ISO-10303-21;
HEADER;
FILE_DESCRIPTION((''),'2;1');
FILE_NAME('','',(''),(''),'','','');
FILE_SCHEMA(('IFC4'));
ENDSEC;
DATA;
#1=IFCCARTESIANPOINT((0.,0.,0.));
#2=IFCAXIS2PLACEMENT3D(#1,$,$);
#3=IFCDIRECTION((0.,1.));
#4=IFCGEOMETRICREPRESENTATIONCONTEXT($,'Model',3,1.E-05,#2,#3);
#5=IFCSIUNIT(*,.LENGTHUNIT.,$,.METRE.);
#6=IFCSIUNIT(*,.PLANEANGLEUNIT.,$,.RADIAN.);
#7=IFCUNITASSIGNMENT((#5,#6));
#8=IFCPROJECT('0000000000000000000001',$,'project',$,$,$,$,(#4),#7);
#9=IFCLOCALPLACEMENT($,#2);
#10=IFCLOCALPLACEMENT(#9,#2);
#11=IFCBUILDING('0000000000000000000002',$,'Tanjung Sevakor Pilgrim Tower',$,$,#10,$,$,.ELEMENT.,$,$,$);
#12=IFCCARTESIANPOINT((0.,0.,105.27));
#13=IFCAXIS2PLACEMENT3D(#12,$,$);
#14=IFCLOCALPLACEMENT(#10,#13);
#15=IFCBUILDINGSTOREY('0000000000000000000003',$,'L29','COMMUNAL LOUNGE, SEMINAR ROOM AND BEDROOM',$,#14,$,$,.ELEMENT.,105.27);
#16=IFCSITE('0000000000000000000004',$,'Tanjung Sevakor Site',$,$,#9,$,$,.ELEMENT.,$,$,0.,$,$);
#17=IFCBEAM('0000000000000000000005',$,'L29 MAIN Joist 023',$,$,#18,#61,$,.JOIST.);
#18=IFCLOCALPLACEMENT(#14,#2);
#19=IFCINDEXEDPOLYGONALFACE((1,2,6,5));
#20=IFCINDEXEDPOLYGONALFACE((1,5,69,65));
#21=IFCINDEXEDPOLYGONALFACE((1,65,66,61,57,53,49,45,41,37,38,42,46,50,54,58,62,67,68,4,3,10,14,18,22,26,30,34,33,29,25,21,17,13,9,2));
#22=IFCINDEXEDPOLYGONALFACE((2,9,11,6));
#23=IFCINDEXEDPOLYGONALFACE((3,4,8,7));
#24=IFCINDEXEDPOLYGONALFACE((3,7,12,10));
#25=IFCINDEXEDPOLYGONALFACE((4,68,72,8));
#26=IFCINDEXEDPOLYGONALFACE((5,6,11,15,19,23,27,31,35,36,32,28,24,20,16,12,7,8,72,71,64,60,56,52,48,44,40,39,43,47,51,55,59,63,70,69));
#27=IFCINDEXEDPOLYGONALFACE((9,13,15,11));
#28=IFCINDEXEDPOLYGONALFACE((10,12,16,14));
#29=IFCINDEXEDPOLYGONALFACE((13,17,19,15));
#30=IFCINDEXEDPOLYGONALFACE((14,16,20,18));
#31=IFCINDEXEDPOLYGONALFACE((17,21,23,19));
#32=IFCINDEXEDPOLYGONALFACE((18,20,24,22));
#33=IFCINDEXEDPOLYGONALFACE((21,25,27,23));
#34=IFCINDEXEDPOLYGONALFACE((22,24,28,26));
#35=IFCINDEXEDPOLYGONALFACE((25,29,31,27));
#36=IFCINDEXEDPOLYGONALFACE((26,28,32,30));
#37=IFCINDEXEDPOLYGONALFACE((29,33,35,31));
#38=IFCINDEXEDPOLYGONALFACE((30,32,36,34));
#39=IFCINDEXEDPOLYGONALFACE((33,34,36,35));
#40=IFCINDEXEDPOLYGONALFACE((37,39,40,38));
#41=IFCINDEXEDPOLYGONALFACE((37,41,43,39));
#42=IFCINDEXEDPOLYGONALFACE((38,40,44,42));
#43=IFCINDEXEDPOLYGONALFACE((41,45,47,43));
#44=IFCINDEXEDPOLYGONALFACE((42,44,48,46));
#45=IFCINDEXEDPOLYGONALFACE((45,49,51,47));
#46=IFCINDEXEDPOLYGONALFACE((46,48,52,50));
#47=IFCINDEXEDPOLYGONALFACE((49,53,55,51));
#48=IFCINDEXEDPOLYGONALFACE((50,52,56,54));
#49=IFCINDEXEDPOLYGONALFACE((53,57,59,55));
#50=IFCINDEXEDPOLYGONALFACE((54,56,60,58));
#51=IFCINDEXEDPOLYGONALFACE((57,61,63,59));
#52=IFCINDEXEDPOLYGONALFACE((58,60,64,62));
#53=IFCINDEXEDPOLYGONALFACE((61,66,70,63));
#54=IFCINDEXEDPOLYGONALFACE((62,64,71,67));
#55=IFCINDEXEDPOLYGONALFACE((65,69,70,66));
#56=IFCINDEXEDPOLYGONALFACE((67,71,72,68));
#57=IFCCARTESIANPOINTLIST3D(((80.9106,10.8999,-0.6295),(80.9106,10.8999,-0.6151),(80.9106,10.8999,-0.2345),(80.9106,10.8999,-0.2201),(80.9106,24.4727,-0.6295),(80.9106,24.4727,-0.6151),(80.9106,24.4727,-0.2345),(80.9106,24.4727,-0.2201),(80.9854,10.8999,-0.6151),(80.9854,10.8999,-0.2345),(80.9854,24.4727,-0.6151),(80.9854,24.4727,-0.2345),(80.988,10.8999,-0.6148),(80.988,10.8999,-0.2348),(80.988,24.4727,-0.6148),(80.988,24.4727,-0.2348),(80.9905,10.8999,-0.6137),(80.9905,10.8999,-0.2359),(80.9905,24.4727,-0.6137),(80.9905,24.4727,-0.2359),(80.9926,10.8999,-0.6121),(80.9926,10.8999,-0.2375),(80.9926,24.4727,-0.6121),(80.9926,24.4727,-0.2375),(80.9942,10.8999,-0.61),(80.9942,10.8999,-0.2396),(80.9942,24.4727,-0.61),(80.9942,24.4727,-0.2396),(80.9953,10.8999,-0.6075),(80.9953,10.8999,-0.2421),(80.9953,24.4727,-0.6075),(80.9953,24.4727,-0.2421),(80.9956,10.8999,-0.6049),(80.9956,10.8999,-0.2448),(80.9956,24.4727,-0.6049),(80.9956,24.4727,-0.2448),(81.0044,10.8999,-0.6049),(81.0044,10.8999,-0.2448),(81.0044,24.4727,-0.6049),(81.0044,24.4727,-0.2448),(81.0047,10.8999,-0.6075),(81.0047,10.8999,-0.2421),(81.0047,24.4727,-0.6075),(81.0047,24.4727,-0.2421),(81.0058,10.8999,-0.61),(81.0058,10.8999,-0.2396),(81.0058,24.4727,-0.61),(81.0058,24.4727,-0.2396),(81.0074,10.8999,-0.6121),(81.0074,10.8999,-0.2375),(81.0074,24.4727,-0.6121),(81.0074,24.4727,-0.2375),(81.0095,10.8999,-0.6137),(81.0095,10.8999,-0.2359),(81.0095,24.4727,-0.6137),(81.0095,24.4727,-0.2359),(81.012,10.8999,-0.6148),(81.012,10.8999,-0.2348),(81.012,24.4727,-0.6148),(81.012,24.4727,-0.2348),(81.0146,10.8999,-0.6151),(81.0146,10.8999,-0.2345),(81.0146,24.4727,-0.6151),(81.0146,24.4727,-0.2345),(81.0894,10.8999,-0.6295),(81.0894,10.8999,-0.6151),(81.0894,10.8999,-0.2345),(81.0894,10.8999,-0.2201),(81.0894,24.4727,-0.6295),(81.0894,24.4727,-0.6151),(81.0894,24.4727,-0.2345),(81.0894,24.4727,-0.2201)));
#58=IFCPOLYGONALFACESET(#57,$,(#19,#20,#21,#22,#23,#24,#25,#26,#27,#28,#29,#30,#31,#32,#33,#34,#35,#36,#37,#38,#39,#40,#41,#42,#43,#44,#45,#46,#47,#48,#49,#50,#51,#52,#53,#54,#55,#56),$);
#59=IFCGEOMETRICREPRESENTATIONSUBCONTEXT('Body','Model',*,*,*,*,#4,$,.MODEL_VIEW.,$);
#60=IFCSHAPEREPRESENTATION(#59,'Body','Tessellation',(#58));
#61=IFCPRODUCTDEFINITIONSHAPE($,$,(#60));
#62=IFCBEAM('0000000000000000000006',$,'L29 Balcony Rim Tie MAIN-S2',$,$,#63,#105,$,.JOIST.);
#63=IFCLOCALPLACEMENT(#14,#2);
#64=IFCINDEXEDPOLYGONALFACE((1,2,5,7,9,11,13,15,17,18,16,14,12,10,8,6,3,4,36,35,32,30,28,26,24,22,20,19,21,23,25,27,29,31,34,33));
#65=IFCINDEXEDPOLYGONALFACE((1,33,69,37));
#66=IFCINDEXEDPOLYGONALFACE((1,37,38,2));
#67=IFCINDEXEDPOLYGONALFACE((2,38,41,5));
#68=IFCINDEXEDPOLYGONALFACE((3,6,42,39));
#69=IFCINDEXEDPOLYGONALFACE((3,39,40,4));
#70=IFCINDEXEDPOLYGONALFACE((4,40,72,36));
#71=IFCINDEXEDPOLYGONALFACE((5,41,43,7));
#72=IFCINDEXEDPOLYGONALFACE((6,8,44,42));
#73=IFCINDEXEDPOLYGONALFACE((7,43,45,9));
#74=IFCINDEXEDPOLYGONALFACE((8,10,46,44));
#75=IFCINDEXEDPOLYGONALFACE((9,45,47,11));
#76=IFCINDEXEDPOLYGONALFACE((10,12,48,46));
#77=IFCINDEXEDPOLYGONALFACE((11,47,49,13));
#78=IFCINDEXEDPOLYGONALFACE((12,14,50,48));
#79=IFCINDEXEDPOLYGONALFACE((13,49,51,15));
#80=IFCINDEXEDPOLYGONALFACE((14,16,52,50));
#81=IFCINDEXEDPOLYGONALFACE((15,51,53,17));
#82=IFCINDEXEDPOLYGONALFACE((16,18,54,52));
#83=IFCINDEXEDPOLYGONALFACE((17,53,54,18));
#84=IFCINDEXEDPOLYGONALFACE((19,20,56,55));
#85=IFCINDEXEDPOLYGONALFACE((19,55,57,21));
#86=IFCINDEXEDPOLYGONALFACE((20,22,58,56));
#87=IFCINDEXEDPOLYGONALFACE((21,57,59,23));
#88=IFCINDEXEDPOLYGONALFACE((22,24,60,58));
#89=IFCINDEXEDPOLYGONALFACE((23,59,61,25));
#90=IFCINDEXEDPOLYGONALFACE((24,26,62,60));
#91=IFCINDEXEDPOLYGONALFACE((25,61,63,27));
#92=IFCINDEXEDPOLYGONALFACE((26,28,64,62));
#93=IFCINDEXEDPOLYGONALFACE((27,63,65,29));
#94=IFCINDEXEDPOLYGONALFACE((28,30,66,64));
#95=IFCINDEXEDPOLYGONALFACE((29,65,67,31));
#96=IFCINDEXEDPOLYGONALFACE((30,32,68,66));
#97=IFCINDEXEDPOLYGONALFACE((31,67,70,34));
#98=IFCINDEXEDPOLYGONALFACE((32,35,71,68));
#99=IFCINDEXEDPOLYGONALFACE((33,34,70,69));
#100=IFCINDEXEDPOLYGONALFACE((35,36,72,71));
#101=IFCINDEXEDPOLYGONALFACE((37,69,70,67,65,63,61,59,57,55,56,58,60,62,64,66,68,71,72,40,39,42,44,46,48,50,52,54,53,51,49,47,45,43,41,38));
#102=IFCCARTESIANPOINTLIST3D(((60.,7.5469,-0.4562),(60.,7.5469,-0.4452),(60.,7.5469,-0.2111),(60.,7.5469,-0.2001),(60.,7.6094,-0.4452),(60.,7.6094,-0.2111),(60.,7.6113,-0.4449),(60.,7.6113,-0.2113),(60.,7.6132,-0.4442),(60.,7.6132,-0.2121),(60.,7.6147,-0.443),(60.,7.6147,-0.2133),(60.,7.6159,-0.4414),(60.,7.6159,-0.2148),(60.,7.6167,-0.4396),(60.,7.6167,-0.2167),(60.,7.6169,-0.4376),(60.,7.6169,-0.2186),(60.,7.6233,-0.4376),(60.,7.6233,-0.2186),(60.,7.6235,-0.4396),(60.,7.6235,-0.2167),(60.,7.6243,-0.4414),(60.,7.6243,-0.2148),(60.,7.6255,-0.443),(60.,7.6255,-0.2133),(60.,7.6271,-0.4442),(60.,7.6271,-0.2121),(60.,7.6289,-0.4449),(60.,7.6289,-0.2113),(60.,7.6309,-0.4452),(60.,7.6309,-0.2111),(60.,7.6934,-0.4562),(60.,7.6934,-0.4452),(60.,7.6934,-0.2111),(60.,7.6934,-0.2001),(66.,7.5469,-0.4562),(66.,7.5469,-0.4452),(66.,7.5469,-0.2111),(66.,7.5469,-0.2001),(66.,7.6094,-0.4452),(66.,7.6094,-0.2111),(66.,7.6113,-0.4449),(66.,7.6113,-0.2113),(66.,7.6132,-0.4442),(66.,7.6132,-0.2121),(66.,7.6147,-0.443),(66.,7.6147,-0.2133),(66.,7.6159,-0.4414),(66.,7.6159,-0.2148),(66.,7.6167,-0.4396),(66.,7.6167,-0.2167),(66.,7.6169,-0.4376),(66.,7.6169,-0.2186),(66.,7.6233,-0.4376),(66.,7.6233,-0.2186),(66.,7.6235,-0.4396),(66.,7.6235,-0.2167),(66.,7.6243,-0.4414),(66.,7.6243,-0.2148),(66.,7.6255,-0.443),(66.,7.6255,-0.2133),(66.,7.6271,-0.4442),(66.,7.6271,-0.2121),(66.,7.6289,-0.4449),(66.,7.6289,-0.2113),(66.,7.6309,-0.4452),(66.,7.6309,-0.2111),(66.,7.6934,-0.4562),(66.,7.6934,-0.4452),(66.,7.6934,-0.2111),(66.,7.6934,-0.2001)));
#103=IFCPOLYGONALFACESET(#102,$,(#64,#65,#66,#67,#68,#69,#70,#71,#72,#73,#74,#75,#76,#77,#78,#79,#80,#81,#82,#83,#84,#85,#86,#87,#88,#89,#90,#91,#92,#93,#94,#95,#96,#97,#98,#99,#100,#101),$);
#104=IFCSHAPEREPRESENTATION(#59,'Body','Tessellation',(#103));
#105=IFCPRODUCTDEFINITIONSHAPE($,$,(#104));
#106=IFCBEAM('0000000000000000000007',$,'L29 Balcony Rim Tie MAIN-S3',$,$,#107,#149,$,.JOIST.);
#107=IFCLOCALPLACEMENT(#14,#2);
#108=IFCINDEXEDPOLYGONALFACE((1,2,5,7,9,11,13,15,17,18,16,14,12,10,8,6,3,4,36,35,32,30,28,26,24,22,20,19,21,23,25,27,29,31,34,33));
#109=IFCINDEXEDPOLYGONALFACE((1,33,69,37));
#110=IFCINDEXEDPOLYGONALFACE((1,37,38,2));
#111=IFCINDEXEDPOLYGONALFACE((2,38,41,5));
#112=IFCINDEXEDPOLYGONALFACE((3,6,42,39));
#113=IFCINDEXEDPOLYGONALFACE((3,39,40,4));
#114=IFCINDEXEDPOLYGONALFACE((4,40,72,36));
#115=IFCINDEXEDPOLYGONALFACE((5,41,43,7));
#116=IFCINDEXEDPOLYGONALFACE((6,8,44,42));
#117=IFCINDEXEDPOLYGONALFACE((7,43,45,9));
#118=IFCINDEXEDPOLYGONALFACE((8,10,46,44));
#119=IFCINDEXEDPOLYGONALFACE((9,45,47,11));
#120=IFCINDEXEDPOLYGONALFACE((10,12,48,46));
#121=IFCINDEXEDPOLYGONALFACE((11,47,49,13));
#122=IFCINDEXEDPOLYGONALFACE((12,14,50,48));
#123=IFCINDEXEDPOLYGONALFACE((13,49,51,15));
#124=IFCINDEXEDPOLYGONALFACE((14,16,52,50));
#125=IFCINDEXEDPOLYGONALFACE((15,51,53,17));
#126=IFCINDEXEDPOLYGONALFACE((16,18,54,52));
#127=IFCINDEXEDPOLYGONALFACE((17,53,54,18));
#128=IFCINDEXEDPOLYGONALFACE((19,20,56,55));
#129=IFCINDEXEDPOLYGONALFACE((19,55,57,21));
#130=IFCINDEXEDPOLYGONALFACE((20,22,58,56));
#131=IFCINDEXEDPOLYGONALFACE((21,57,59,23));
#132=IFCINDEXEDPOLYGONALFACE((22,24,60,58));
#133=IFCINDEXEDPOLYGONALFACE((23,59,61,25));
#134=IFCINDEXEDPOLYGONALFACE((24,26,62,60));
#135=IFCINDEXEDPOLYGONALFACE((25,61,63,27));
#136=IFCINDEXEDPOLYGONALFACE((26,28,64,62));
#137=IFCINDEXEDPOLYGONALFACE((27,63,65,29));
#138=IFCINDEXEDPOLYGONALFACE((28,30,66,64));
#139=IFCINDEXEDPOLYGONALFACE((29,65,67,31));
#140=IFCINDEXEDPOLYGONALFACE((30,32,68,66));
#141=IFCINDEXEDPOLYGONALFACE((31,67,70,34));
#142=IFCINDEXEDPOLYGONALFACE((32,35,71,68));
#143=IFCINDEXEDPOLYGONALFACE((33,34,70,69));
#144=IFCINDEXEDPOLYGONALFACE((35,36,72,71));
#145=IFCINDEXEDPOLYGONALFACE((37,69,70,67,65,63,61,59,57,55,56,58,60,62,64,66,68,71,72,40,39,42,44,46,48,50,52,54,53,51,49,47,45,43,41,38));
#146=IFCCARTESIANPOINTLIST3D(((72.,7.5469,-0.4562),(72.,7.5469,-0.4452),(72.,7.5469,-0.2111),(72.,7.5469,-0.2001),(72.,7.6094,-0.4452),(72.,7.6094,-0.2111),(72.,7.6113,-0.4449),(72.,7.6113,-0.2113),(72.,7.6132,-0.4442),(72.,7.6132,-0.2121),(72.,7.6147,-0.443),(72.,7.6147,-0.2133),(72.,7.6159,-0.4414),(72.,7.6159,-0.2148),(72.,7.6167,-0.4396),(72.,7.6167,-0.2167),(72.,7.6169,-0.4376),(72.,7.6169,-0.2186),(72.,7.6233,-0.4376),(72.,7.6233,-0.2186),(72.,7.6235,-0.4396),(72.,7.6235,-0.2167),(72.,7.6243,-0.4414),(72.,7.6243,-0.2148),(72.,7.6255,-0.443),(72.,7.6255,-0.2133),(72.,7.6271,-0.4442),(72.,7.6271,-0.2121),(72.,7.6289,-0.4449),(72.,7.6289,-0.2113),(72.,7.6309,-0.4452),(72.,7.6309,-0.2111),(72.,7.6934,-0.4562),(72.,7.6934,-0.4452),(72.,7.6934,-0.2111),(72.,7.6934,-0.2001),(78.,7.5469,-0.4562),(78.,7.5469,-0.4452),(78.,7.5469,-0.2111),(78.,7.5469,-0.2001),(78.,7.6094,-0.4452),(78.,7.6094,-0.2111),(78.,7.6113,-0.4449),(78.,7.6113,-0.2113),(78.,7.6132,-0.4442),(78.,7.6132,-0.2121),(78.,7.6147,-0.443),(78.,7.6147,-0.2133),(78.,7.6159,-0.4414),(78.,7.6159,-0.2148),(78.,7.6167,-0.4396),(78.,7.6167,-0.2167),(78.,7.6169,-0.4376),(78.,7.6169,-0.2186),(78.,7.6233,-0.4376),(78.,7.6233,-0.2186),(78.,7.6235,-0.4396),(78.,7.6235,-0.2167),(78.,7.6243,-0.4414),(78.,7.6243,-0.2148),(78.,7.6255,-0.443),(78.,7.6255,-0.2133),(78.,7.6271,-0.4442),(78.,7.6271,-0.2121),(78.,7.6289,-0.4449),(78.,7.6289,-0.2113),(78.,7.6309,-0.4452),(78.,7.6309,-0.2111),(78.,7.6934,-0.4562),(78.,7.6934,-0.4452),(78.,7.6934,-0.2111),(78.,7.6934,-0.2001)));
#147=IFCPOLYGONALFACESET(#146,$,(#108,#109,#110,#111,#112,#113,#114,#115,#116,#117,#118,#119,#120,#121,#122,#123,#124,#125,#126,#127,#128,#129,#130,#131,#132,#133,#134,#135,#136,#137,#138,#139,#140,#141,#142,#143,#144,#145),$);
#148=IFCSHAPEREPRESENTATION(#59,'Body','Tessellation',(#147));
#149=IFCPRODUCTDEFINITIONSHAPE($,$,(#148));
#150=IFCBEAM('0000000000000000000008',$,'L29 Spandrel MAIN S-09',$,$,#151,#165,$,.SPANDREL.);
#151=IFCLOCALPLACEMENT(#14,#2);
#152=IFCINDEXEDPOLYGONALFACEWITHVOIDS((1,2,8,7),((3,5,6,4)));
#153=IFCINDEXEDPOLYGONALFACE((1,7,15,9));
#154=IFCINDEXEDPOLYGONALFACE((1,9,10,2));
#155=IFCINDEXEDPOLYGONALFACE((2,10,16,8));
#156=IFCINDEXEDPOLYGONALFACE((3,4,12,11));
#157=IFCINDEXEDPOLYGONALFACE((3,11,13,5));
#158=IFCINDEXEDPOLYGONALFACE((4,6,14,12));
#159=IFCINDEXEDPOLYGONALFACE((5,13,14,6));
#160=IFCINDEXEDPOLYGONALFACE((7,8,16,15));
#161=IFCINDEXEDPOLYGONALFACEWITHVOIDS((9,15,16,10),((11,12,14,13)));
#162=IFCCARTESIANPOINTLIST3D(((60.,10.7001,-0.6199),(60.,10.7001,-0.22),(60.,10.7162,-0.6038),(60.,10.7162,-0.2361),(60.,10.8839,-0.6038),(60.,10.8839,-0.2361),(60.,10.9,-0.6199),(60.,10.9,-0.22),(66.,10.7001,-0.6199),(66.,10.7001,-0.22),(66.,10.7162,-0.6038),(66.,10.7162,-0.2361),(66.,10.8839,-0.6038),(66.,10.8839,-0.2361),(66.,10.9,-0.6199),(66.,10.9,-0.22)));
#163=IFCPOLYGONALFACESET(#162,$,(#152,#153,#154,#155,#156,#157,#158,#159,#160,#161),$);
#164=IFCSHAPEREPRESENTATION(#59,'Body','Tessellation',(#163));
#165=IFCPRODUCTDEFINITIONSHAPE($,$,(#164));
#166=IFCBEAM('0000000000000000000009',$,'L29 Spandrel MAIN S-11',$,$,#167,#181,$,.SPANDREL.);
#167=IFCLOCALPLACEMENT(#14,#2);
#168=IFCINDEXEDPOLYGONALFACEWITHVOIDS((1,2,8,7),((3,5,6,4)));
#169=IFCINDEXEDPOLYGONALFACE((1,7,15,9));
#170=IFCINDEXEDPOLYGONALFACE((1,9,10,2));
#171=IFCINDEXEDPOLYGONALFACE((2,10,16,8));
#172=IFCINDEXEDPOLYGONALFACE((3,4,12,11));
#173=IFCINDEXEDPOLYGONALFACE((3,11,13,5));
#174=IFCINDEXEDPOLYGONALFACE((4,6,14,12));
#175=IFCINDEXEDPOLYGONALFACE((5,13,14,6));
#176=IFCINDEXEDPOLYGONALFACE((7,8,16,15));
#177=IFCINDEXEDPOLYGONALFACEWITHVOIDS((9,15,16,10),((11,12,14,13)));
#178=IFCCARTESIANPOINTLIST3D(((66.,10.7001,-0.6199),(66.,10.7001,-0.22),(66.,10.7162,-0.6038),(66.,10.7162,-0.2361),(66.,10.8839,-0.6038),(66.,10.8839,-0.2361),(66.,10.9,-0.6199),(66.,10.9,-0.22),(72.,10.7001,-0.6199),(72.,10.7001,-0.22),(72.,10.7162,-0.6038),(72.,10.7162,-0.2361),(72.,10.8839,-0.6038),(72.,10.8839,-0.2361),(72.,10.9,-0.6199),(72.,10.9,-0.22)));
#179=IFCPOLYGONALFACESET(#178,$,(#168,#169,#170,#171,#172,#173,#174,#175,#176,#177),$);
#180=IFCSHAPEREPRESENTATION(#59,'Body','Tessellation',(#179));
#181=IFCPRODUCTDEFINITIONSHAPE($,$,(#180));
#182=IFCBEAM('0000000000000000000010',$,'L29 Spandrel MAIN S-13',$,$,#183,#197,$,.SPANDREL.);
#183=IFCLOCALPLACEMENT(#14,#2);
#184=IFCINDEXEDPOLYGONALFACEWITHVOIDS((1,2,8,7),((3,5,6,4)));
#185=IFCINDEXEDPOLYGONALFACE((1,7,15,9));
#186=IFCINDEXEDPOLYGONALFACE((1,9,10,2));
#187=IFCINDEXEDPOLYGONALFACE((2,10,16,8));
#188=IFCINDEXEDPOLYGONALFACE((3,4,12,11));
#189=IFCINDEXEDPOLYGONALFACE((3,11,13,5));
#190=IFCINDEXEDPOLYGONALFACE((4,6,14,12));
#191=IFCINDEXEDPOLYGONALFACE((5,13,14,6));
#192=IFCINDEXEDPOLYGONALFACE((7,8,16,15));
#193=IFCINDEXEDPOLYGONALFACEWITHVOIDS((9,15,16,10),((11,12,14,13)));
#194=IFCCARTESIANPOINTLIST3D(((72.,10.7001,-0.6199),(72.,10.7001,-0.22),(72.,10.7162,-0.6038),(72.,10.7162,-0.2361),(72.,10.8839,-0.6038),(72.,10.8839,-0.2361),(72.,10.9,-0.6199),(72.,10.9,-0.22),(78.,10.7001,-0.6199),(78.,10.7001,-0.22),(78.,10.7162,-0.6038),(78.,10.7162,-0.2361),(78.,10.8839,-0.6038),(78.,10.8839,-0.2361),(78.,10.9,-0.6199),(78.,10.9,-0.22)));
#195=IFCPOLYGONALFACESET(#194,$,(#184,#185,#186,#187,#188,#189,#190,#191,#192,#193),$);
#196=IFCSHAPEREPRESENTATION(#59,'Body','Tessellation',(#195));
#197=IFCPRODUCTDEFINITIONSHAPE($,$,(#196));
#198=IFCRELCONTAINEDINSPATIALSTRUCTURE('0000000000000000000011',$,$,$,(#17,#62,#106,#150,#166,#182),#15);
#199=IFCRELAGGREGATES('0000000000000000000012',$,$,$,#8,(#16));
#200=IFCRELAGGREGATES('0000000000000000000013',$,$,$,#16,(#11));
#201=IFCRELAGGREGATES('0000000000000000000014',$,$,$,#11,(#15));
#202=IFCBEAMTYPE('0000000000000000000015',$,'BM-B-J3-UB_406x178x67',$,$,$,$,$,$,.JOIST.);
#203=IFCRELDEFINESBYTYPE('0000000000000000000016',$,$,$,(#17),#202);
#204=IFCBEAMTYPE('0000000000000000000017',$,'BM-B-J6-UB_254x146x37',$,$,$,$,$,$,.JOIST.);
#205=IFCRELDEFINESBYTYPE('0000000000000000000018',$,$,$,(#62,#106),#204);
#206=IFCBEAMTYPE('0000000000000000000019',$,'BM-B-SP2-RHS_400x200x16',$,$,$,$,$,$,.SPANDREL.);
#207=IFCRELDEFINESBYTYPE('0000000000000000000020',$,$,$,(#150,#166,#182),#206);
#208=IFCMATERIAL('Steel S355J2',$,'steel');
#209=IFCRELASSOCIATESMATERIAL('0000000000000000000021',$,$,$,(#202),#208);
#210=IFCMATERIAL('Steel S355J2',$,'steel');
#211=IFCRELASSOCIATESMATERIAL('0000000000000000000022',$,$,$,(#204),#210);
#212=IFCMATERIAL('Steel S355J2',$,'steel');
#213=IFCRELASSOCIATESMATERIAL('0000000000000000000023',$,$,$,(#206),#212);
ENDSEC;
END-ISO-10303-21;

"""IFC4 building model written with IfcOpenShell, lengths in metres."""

from ifc_helpers import new_model, si_unit, direction, frame, origin, origin_2d, place, context, subcontext, project, spatial, hollow_rectangle, i_section, extrude, material, material_profile, profile_set, type_object, element, save


model = new_model("IFC4")

# Units and contexts
model_context = context("Model", 3, precision=1e-05, world=origin(), true_north=direction((0.0, 1.0)))
body_context = subcontext(model_context, "Body", "Model", "MODEL_VIEW")
ifc_project = project(units=[si_unit("LENGTHUNIT", "METRE"), si_unit("PLANEANGLEUNIT", "RADIAN")], contexts=[model_context])

# Site, building, storey
site_placement = place(None, origin())
site = spatial("IfcSite", under=ifc_project, at=site_placement, Name="Tanjung Sevakor Site", CompositionType="ELEMENT", RefElevation=0.0)
building_placement = place(site_placement, origin())
building = spatial("IfcBuilding", under=site, at=building_placement, Name="Tanjung Sevakor Pilgrim Tower", CompositionType="ELEMENT")
storey_placement = place(building_placement, frame((0.0, 0.0, 105.27)))
storey = spatial("IfcBuildingStorey", under=building, at=storey_placement, Name="L29", Description="COMMUNAL LOUNGE, SEMINAR ROOM AND BEDROOM", CompositionType="ELEMENT", Elevation=105.27)

# Beams
ifc_material_1 = material(Name="Steel S355J2", Category="steel")
ifc_material_profile_1 = material_profile(ifc_material_1, i_section(OverallWidth=0.1787, OverallDepth=0.4094, WebThickness=0.0088, FlangeThickness=0.0144, FilletRadius=0.0103, at=origin_2d()))
ifc_profile_set_1 = profile_set([ifc_material_profile_1], Name="Steel S355J2")
beam_type_1 = type_object("IfcBeamType", Name="BM-B-J3-UB_406x178x67", PredefinedType="JOIST", material=ifc_profile_set_1)
for number, where, z_axis, x_axis, name in (
    (1, (81.0, 10.8999, -0.4248), (0.0, 1.0, 0.0), (-1.0, 0.0, 0.0), "L29 MAIN Joist 023"),
):
    element("IfcBeam", number, at=place(storey_placement, frame(where, z_axis=z_axis, x_axis=x_axis)), inside=storey, type_object=beam_type_1, Name=name, PredefinedType="JOIST", context=body_context, shape_type="SweptSolid", body=[
        extrude(i_section(OverallWidth=0.1787, OverallDepth=0.4094, WebThickness=0.0088, FlangeThickness=0.0144, FilletRadius=0.0103, at=origin_2d()), origin(), (0.0, 0.0, 1.0), 13.5728),
    ])
ifc_material_2 = material(Name="Steel S355J2", Category="steel")
ifc_material_profile_2 = material_profile(ifc_material_2, i_section(OverallWidth=0.1465, OverallDepth=0.2561, WebThickness=0.0063, FlangeThickness=0.011, FilletRadius=0.0076, at=origin_2d()))
ifc_profile_set_2 = profile_set([ifc_material_profile_2], Name="Steel S355J2")
beam_type_2 = type_object("IfcBeamType", Name="BM-B-J6-UB_254x146x37", PredefinedType="JOIST", material=ifc_profile_set_2)
for number, where, z_axis, x_axis, name in (
    (2, (60.0, 7.6201, -0.3281), (1.0, 0.0, 0.0), (0.0, 1.0, 0.0), "L29 Balcony Rim Tie MAIN-S2"),
    (3, (72.0, 7.6201, -0.3281), (1.0, 0.0, 0.0), (0.0, 1.0, 0.0), "L29 Balcony Rim Tie MAIN-S3"),
):
    element("IfcBeam", number, at=place(storey_placement, frame(where, z_axis=z_axis, x_axis=x_axis)), inside=storey, type_object=beam_type_2, Name=name, PredefinedType="JOIST", context=body_context, shape_type="SweptSolid", body=[
        extrude(i_section(OverallWidth=0.1465, OverallDepth=0.2561, WebThickness=0.0063, FlangeThickness=0.011, FilletRadius=0.0076, at=origin_2d()), origin(), (0.0, 0.0, 1.0), 6.0),
    ])
ifc_material_3 = material(Name="Steel S355J2", Category="steel")
ifc_material_profile_3 = material_profile(ifc_material_3, hollow_rectangle(XDim=0.2, YDim=0.3999, WallThickness=0.0161, at=origin_2d()))
ifc_profile_set_3 = profile_set([ifc_material_profile_3], Name="Steel S355J2")
beam_type_3 = type_object("IfcBeamType", Name="BM-B-SP2-RHS_400x200x16", PredefinedType="SPANDREL", material=ifc_profile_set_3)
for number, where, z_axis, x_axis, name in (
    (4, (60.0, 10.8, -0.4199), (1.0, 0.0, 0.0), (0.0, 1.0, 0.0), "L29 Spandrel MAIN S-09"),
    (5, (66.0, 10.8, -0.4199), (1.0, 0.0, 0.0), (0.0, 1.0, 0.0), "L29 Spandrel MAIN S-11"),
    (6, (72.0, 10.8, -0.4199), (1.0, 0.0, 0.0), (0.0, 1.0, 0.0), "L29 Spandrel MAIN S-13"),
):
    element("IfcBeam", number, at=place(storey_placement, frame(where, z_axis=z_axis, x_axis=x_axis)), inside=storey, type_object=beam_type_3, Name=name, PredefinedType="SPANDREL", context=body_context, shape_type="SweptSolid", body=[
        extrude(hollow_rectangle(XDim=0.2, YDim=0.3999, WallThickness=0.0161, at=origin_2d()), origin(), (0.0, 0.0, 1.0), 6.0),
    ])

save(model, "model.ifc")
